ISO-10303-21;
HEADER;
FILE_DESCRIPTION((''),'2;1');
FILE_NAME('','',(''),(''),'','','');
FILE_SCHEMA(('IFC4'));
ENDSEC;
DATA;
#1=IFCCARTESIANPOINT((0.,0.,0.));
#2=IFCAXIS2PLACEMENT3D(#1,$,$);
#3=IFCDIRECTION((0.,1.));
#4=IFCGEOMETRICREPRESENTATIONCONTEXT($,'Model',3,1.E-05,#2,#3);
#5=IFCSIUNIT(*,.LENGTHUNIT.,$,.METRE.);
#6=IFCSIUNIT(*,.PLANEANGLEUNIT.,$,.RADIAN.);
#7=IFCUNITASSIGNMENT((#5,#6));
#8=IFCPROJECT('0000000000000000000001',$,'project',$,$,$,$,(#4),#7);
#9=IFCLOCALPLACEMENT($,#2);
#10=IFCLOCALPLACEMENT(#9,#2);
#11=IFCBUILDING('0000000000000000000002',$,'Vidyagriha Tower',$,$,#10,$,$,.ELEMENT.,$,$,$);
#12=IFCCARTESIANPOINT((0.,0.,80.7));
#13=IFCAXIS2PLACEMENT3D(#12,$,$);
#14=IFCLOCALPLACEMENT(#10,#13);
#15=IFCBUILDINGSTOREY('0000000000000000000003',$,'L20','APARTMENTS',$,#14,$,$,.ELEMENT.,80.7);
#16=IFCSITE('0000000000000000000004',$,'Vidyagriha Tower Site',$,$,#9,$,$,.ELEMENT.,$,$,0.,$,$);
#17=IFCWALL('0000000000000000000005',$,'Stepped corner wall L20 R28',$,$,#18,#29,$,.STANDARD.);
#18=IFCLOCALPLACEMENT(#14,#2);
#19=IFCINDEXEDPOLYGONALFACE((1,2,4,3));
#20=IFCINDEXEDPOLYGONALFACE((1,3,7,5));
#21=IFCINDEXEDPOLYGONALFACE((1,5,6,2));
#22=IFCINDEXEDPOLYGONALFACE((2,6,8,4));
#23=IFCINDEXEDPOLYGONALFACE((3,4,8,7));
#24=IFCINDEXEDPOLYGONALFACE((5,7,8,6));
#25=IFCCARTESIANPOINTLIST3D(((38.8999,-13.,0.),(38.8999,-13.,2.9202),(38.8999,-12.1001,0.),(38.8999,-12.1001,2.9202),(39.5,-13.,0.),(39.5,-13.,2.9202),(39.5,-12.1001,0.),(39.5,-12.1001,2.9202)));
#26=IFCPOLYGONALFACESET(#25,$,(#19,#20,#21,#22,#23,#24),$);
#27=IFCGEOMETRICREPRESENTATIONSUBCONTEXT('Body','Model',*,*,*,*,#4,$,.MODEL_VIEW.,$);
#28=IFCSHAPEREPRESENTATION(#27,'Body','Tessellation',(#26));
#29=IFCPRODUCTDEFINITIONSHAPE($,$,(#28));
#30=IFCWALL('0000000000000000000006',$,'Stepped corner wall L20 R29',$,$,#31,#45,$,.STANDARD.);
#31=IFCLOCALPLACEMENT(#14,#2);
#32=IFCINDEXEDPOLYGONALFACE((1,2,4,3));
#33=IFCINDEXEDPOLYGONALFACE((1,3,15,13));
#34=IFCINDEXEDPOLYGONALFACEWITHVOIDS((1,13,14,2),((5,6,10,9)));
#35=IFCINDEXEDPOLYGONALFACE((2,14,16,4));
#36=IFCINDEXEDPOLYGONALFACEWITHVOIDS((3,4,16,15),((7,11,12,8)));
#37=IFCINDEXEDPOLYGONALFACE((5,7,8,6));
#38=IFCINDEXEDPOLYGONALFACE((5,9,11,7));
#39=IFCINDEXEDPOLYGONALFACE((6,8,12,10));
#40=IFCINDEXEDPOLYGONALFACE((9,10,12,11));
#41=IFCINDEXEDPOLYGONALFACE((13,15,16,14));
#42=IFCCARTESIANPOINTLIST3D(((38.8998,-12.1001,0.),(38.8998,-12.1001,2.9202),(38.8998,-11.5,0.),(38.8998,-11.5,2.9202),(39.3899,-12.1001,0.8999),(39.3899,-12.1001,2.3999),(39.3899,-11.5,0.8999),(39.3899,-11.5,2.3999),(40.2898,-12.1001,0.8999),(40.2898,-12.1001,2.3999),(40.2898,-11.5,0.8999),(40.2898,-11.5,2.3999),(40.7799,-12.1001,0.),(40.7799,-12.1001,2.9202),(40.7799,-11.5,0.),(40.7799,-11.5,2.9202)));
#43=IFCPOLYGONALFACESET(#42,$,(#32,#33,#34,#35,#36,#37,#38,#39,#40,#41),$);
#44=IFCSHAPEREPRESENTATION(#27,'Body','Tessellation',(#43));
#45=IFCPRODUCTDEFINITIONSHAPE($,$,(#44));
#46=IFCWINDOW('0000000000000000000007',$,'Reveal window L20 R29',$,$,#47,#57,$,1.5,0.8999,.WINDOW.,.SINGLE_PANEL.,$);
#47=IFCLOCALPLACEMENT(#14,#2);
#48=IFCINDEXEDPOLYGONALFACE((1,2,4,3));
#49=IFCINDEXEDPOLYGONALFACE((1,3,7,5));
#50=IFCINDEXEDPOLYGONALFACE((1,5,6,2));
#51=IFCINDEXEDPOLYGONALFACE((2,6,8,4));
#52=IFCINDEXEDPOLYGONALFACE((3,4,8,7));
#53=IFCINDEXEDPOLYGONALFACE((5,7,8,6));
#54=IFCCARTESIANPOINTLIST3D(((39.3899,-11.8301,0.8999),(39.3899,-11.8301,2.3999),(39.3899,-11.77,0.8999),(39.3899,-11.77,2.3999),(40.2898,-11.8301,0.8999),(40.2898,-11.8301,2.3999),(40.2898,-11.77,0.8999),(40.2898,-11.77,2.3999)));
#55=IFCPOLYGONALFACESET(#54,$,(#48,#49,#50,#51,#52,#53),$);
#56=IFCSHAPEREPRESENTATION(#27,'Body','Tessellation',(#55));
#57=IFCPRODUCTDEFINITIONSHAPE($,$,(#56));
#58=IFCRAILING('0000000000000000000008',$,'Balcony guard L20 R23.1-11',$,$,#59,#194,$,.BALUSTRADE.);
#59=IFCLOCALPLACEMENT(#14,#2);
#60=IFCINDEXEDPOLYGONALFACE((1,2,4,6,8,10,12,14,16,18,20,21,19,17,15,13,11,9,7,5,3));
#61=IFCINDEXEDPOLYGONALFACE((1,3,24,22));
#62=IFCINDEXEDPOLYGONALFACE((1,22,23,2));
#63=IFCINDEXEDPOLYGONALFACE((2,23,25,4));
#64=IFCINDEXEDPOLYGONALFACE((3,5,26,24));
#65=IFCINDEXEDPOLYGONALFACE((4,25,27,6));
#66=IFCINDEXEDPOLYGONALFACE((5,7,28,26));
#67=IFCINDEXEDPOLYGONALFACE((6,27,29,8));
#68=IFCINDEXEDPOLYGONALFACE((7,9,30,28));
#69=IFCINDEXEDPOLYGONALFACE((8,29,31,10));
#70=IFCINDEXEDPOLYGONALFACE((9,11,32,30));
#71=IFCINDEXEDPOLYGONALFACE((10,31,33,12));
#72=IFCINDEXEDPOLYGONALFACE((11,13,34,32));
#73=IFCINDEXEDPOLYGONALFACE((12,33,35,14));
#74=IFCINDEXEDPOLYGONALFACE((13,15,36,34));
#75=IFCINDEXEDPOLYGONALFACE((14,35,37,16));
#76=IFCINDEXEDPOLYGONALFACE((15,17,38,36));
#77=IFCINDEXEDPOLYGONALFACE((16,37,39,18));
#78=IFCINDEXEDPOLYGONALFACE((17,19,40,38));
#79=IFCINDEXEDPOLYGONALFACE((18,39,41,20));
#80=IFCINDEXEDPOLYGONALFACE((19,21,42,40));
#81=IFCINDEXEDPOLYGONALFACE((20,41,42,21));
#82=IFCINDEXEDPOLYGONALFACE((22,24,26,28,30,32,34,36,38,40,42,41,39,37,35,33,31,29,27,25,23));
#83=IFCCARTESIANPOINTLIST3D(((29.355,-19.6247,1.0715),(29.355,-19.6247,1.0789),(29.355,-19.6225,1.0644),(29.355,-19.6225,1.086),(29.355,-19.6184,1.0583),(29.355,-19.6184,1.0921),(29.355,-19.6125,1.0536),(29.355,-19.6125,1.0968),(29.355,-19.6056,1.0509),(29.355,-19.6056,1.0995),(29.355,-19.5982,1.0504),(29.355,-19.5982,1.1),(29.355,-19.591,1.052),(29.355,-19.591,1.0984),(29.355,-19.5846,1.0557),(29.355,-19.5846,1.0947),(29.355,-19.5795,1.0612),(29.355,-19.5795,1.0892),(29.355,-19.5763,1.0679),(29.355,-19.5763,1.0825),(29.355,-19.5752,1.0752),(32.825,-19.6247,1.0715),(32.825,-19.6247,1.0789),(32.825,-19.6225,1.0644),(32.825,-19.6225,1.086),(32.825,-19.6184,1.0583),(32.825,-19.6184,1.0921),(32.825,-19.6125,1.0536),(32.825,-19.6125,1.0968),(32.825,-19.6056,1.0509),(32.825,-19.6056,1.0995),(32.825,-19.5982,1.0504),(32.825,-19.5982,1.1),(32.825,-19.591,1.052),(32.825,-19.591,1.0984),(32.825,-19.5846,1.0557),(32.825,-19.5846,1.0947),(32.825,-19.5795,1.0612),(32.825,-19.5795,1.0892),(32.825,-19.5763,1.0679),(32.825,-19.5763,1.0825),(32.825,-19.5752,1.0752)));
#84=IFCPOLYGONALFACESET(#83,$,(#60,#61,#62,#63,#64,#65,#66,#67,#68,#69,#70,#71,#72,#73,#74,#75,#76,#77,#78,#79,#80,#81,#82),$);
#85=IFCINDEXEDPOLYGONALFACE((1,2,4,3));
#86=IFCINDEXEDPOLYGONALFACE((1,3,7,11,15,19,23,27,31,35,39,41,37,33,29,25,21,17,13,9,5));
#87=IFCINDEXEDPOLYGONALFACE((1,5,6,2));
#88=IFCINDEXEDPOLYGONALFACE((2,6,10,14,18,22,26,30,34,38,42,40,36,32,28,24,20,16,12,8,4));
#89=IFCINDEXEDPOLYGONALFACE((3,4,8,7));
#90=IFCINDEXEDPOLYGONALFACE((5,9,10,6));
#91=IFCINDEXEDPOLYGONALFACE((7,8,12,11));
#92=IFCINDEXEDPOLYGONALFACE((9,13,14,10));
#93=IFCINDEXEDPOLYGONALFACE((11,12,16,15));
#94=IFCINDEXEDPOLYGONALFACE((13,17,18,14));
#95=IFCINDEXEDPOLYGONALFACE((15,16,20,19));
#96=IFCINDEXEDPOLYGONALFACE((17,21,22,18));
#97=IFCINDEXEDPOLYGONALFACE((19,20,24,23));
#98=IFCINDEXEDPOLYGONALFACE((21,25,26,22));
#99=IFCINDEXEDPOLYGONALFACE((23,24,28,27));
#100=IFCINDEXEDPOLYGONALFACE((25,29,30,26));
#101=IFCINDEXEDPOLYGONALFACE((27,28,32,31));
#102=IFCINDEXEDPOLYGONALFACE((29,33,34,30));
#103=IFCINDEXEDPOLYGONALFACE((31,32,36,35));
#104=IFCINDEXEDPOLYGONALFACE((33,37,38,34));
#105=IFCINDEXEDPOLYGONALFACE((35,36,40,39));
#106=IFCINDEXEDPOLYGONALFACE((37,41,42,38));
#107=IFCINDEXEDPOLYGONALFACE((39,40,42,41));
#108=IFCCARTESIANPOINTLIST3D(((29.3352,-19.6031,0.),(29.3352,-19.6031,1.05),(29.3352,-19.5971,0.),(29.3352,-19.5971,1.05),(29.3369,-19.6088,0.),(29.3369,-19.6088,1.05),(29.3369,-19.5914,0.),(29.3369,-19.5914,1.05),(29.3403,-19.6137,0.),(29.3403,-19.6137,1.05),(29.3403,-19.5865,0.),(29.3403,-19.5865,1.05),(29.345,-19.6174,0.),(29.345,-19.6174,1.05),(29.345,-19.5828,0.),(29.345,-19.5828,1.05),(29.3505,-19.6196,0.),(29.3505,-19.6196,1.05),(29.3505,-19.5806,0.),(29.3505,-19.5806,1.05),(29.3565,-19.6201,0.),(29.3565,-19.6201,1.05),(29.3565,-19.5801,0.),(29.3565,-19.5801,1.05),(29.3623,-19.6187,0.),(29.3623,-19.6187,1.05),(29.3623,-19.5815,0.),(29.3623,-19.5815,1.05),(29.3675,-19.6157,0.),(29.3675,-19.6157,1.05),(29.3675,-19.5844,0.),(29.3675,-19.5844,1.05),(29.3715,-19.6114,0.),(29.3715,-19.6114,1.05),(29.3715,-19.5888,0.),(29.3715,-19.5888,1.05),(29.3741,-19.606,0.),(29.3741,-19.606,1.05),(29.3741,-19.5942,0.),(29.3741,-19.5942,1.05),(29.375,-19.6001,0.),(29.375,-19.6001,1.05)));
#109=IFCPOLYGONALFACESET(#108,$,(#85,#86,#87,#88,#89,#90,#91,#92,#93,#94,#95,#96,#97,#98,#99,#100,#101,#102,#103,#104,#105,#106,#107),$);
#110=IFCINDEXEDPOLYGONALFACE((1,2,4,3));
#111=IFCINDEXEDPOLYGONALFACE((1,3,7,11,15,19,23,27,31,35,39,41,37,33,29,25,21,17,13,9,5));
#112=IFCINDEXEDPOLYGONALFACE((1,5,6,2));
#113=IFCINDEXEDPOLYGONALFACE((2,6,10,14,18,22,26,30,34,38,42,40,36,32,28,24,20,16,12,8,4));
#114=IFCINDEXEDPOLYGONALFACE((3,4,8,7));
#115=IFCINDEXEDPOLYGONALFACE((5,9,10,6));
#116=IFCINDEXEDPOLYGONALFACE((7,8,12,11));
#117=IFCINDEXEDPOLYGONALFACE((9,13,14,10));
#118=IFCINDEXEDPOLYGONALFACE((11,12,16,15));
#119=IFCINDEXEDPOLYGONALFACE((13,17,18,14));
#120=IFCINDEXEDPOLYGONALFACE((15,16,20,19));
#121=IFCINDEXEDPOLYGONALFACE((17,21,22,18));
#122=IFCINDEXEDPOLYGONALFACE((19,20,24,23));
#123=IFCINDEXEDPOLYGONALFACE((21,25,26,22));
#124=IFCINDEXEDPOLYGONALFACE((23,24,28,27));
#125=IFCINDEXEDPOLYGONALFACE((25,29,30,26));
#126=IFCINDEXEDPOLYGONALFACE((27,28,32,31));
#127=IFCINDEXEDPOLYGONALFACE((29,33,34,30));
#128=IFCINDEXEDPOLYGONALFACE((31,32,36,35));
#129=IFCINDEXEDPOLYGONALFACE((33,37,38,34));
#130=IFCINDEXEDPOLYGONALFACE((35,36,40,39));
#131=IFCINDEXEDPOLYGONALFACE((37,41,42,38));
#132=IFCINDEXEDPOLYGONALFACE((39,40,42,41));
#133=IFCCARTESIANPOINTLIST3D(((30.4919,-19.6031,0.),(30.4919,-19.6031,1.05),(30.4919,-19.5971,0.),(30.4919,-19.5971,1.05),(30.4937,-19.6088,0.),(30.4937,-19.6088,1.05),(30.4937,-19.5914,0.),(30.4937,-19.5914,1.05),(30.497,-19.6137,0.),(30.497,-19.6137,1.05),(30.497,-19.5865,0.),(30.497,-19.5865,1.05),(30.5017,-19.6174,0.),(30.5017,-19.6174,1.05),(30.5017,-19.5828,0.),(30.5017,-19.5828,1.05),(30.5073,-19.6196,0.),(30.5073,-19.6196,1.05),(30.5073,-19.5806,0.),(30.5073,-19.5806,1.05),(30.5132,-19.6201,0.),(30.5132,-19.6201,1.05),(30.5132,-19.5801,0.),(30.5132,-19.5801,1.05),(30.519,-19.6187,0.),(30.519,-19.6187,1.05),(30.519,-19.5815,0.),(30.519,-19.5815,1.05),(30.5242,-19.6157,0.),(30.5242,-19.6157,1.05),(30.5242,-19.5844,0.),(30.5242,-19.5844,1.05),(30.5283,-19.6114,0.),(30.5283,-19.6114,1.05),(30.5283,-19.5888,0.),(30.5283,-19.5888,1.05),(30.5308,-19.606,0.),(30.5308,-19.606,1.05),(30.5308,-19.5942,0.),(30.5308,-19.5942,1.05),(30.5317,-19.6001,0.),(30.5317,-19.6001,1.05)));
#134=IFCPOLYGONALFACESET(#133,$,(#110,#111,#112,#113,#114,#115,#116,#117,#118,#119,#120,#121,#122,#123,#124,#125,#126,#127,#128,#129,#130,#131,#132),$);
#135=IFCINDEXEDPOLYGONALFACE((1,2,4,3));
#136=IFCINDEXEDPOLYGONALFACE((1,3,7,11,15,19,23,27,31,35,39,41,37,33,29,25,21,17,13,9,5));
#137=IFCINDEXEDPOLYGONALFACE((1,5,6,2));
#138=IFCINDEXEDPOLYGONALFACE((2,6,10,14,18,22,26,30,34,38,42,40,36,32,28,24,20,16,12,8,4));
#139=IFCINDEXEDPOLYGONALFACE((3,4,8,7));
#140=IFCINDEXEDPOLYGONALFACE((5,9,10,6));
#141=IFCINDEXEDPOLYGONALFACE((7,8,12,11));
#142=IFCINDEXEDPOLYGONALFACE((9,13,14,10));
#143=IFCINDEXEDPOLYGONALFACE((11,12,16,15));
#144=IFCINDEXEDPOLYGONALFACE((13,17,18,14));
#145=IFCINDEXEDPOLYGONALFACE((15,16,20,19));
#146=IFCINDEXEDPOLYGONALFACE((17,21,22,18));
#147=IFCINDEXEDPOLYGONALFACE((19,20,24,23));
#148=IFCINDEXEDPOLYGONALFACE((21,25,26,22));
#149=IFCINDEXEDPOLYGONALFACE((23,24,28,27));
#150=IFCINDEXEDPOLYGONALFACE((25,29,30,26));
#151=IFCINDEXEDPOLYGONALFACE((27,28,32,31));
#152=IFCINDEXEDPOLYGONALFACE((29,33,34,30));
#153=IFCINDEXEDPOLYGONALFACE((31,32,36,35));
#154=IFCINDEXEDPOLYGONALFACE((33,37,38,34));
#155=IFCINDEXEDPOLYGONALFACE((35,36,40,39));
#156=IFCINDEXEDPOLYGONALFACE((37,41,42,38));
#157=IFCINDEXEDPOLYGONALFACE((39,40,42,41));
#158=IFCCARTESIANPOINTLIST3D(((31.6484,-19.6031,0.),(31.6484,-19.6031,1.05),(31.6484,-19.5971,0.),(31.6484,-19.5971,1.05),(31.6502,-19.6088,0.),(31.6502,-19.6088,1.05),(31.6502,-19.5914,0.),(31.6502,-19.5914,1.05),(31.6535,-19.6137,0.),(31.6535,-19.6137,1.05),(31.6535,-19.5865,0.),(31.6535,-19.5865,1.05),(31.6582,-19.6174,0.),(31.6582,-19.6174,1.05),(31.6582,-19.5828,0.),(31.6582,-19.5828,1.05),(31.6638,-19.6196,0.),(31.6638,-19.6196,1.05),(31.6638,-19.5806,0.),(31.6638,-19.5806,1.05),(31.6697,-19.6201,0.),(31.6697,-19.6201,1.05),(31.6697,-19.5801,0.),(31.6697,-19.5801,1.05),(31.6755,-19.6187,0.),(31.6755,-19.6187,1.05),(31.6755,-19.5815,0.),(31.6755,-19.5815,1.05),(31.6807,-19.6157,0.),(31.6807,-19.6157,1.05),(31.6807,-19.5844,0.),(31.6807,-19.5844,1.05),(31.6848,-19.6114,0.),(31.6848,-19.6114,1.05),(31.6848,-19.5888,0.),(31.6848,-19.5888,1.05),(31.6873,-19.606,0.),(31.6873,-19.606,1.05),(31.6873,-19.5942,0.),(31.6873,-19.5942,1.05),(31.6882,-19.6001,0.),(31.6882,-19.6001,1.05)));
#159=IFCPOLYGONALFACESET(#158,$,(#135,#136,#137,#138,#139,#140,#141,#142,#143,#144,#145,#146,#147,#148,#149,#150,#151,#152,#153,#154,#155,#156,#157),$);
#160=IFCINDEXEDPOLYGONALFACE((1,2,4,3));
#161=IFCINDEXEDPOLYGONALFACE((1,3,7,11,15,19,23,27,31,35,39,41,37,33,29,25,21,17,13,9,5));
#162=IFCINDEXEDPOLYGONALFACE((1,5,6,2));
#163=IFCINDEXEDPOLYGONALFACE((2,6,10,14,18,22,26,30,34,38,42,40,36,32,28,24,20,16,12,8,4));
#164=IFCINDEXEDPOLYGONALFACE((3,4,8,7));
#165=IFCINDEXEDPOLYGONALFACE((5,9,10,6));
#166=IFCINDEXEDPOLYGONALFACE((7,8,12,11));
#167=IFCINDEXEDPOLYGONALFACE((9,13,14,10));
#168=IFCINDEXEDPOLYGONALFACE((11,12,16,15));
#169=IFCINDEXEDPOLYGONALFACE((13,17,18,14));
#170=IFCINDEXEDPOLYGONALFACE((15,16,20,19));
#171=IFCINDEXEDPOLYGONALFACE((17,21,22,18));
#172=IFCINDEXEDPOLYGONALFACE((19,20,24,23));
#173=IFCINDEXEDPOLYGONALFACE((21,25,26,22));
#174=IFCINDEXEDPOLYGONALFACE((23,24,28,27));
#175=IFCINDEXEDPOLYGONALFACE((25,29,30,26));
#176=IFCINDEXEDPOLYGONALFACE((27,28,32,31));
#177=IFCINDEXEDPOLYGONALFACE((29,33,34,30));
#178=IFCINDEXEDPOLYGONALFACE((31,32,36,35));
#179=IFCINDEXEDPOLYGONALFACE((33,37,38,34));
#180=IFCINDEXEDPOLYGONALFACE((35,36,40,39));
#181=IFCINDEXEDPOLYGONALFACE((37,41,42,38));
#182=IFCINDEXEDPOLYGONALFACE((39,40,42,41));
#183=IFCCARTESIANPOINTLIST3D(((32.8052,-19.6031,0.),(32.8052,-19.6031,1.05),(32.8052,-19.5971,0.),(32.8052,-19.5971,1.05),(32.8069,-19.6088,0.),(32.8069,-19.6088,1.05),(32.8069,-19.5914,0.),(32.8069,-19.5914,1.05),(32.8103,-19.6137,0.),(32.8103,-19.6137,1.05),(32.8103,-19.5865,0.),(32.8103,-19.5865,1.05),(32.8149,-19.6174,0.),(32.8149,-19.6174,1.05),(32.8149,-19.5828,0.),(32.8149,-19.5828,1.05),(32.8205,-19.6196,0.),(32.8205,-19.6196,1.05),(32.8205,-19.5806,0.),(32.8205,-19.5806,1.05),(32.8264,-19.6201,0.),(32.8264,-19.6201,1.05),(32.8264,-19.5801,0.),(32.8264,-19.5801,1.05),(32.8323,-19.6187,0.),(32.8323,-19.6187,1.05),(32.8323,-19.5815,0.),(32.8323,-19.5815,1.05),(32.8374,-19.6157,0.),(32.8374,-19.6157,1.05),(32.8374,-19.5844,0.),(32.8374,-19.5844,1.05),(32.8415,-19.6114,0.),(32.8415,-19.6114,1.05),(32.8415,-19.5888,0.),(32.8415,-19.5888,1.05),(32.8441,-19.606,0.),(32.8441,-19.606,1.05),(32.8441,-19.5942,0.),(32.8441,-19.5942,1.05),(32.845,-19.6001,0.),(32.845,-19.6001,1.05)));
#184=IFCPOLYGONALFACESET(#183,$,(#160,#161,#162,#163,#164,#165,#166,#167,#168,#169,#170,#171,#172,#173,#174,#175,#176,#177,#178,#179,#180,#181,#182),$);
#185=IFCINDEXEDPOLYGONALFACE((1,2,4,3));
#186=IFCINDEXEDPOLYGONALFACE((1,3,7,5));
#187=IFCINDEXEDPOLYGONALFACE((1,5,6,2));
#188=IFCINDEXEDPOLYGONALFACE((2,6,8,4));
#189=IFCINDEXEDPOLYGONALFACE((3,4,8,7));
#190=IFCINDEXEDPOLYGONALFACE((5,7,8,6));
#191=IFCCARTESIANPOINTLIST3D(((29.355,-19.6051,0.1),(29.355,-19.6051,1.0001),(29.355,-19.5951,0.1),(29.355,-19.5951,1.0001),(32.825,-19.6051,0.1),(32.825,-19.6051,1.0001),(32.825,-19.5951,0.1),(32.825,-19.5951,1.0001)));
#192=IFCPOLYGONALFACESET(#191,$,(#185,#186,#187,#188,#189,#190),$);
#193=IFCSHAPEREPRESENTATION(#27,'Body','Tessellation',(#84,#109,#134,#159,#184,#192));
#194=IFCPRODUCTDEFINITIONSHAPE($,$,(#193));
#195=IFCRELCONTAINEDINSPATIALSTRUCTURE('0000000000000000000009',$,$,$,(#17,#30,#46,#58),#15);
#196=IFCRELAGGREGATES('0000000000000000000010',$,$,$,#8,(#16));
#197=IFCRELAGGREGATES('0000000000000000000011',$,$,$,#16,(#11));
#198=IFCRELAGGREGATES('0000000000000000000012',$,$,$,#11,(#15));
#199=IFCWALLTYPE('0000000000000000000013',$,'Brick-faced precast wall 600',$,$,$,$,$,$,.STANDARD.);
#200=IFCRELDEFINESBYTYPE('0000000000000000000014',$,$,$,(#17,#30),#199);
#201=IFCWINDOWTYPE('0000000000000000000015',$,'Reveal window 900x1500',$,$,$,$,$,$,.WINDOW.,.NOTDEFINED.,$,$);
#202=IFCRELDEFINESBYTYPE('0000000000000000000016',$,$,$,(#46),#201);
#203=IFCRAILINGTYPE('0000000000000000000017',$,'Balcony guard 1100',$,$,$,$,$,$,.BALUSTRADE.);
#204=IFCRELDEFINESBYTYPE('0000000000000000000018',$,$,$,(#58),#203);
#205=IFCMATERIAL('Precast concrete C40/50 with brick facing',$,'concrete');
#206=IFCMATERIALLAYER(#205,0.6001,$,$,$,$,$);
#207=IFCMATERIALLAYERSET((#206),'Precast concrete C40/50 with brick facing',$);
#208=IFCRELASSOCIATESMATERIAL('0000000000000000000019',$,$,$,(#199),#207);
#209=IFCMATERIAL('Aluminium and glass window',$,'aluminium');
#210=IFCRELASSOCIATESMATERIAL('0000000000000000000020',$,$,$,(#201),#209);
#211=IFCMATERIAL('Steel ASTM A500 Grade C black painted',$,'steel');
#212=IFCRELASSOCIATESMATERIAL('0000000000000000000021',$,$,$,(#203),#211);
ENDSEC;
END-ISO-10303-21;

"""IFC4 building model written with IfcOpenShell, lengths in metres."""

from ifc_helpers import new_model, si_unit, direction, frame, frame_2d, origin, origin_2d, place, context, subcontext, project, spatial, rectangle, circle, extrude, material, layer, layer_set, type_object, element, fill, save


model = new_model("IFC4")

# Units and contexts
model_context = context("Model", 3, precision=1e-05, world=origin(), true_north=direction((0.0, 1.0)))
body_context = subcontext(model_context, "Body", "Model", "MODEL_VIEW")
ifc_project = project(units=[si_unit("LENGTHUNIT", "METRE"), si_unit("PLANEANGLEUNIT", "RADIAN")], contexts=[model_context])

# Site, building, storey
site_placement = place(None, origin())
site = spatial("IfcSite", under=ifc_project, at=site_placement, Name="Vidyagriha Tower Site", CompositionType="ELEMENT", RefElevation=0.0)
building_placement = place(site_placement, origin())
building = spatial("IfcBuilding", under=site, at=building_placement, Name="Vidyagriha Tower", CompositionType="ELEMENT")
storey_placement = place(building_placement, frame((0.0, 0.0, 80.7)))
storey = spatial("IfcBuildingStorey", under=building, at=storey_placement, Name="L20", Description="APARTMENTS", CompositionType="ELEMENT", Elevation=80.7)

# Shared definitions
ifc_material_1 = material(Name="Precast concrete C40/50 with brick facing", Category="concrete")
ifc_layer_1 = layer(ifc_material_1, 0.6001)
ifc_layer_set_1 = layer_set([ifc_layer_1], Name="Precast concrete C40/50 with brick facing")
wall_type = type_object("IfcWallType", Name="Brick-faced precast wall 600", PredefinedType="STANDARD", material=ifc_layer_set_1)

# Shared definitions
ifc_material_2 = material(Name="Aluminium and glass window", Category="aluminium")
window_type = type_object("IfcWindowType", Name="Reveal window 900x1500", PartitioningType="NOTDEFINED", PredefinedType="WINDOW", material=ifc_material_2)

# Wall
wall_1_placement = place(storey_placement, frame((39.2, -13.0, 0.0), z_axis=(0.0, 0.0, 1.0), x_axis=(0.0, 1.0, 0.0)))
element("IfcWall", 1, at=wall_1_placement, inside=storey, type_object=wall_type, Name="Stepped corner wall L20 R28", PredefinedType="STANDARD", context=body_context, shape_type="SweptSolid", body=[
    extrude(rectangle(XDim=0.8999, YDim=0.6001, at=frame_2d((0.45, 0.0))), origin(), (0.0, 0.0, 1.0), 2.9202),
])

# Wall, opening, window
wall_2_placement = place(storey_placement, frame((38.8999, -11.8, 0.0)))
wall_2 = element("IfcWall", 2, at=wall_2_placement, inside=storey, type_object=wall_type, Name="Stepped corner wall L20 R29", PredefinedType="STANDARD", context=body_context, shape_type="SweptSolid", body=[
    extrude(rectangle(XDim=1.8801, YDim=0.6001, at=frame_2d((0.9399, 0.0))), origin(), (0.0, 0.0, 1.0), 2.9202),
])
opening_1_placement = place(wall_2_placement, frame((0.49, 0.0, 0.8999)))
opening_1 = element("IfcOpeningElement", 3, at=opening_1_placement, cuts=wall_2, PredefinedType="OPENING", context=body_context, shape_type="SweptSolid", body=[
    extrude(rectangle(XDim=0.8999, YDim=1.5, at=frame_2d((0.45, 0.75))), frame((0.0, 0.3101, 0.0), z_axis=(0.0, -1.0, 0.0), x_axis=(1.0, 0.0, 0.0)), (0.0, 0.0, 1.0), 0.6201),
])
window_1_placement = place(opening_1_placement, origin())
window_1 = element("IfcWindow", 4, at=window_1_placement, inside=storey, type_object=window_type, Name="Reveal window L20 R29", OverallHeight=1.5, OverallWidth=0.8999, PartitioningType="SINGLE_PANEL", PredefinedType="WINDOW", context=body_context, shape_type="SweptSolid", body=[
    extrude(rectangle(XDim=0.8999, YDim=1.5, at=frame_2d((0.45, 0.75))), frame((0.0, 0.03, 0.0), z_axis=(0.0, -1.0, 0.0), x_axis=(1.0, 0.0, 0.0)), (0.0, 0.0, 1.0), 0.0601),
])
fill(opening_1, window_1)

# Railing
ifc_material_3 = material(Name="Steel ASTM A500 Grade C black painted", Category="steel")
railing_type_1 = type_object("IfcRailingType", Name="Balcony guard 1100", PredefinedType="BALUSTRADE", material=ifc_material_3)
railing_1_placement = place(storey_placement, frame((29.355, -19.6001, 0.0)))
element("IfcRailing", 5, at=railing_1_placement, inside=storey, type_object=railing_type_1, Name="Balcony guard L20 R23.1-11", PredefinedType="BALUSTRADE", context=body_context, shape_type="SweptSolid", body=[
    extrude(circle(Radius=0.0249, at=origin_2d()), frame((0.0, 0.0, 1.0752), z_axis=(1.0, 0.0, 0.0), x_axis=(0.0, 1.0, 0.0)), (0.0, 0.0, 1.0), 3.47),
    extrude(circle(Radius=0.02, at=origin_2d()), origin(), (0.0, 0.0, 1.0), 1.05),
    extrude(circle(Radius=0.02, at=origin_2d()), frame((1.1567, 0.0, 0.0)), (0.0, 0.0, 1.0), 1.05),
    extrude(circle(Radius=0.02, at=origin_2d()), frame((2.3132, 0.0, 0.0)), (0.0, 0.0, 1.0), 1.05),
    extrude(circle(Radius=0.02, at=origin_2d()), frame((3.47, 0.0, 0.0)), (0.0, 0.0, 1.0), 1.05),
    extrude(rectangle(XDim=0.01, YDim=0.9001, at=origin_2d()), frame((0.0, 0.0, 0.55), z_axis=(1.0, 0.0, 0.0), x_axis=(0.0, 1.0, 0.0)), (0.0, 0.0, 1.0), 3.47),
])

save(model, "model.ifc")
